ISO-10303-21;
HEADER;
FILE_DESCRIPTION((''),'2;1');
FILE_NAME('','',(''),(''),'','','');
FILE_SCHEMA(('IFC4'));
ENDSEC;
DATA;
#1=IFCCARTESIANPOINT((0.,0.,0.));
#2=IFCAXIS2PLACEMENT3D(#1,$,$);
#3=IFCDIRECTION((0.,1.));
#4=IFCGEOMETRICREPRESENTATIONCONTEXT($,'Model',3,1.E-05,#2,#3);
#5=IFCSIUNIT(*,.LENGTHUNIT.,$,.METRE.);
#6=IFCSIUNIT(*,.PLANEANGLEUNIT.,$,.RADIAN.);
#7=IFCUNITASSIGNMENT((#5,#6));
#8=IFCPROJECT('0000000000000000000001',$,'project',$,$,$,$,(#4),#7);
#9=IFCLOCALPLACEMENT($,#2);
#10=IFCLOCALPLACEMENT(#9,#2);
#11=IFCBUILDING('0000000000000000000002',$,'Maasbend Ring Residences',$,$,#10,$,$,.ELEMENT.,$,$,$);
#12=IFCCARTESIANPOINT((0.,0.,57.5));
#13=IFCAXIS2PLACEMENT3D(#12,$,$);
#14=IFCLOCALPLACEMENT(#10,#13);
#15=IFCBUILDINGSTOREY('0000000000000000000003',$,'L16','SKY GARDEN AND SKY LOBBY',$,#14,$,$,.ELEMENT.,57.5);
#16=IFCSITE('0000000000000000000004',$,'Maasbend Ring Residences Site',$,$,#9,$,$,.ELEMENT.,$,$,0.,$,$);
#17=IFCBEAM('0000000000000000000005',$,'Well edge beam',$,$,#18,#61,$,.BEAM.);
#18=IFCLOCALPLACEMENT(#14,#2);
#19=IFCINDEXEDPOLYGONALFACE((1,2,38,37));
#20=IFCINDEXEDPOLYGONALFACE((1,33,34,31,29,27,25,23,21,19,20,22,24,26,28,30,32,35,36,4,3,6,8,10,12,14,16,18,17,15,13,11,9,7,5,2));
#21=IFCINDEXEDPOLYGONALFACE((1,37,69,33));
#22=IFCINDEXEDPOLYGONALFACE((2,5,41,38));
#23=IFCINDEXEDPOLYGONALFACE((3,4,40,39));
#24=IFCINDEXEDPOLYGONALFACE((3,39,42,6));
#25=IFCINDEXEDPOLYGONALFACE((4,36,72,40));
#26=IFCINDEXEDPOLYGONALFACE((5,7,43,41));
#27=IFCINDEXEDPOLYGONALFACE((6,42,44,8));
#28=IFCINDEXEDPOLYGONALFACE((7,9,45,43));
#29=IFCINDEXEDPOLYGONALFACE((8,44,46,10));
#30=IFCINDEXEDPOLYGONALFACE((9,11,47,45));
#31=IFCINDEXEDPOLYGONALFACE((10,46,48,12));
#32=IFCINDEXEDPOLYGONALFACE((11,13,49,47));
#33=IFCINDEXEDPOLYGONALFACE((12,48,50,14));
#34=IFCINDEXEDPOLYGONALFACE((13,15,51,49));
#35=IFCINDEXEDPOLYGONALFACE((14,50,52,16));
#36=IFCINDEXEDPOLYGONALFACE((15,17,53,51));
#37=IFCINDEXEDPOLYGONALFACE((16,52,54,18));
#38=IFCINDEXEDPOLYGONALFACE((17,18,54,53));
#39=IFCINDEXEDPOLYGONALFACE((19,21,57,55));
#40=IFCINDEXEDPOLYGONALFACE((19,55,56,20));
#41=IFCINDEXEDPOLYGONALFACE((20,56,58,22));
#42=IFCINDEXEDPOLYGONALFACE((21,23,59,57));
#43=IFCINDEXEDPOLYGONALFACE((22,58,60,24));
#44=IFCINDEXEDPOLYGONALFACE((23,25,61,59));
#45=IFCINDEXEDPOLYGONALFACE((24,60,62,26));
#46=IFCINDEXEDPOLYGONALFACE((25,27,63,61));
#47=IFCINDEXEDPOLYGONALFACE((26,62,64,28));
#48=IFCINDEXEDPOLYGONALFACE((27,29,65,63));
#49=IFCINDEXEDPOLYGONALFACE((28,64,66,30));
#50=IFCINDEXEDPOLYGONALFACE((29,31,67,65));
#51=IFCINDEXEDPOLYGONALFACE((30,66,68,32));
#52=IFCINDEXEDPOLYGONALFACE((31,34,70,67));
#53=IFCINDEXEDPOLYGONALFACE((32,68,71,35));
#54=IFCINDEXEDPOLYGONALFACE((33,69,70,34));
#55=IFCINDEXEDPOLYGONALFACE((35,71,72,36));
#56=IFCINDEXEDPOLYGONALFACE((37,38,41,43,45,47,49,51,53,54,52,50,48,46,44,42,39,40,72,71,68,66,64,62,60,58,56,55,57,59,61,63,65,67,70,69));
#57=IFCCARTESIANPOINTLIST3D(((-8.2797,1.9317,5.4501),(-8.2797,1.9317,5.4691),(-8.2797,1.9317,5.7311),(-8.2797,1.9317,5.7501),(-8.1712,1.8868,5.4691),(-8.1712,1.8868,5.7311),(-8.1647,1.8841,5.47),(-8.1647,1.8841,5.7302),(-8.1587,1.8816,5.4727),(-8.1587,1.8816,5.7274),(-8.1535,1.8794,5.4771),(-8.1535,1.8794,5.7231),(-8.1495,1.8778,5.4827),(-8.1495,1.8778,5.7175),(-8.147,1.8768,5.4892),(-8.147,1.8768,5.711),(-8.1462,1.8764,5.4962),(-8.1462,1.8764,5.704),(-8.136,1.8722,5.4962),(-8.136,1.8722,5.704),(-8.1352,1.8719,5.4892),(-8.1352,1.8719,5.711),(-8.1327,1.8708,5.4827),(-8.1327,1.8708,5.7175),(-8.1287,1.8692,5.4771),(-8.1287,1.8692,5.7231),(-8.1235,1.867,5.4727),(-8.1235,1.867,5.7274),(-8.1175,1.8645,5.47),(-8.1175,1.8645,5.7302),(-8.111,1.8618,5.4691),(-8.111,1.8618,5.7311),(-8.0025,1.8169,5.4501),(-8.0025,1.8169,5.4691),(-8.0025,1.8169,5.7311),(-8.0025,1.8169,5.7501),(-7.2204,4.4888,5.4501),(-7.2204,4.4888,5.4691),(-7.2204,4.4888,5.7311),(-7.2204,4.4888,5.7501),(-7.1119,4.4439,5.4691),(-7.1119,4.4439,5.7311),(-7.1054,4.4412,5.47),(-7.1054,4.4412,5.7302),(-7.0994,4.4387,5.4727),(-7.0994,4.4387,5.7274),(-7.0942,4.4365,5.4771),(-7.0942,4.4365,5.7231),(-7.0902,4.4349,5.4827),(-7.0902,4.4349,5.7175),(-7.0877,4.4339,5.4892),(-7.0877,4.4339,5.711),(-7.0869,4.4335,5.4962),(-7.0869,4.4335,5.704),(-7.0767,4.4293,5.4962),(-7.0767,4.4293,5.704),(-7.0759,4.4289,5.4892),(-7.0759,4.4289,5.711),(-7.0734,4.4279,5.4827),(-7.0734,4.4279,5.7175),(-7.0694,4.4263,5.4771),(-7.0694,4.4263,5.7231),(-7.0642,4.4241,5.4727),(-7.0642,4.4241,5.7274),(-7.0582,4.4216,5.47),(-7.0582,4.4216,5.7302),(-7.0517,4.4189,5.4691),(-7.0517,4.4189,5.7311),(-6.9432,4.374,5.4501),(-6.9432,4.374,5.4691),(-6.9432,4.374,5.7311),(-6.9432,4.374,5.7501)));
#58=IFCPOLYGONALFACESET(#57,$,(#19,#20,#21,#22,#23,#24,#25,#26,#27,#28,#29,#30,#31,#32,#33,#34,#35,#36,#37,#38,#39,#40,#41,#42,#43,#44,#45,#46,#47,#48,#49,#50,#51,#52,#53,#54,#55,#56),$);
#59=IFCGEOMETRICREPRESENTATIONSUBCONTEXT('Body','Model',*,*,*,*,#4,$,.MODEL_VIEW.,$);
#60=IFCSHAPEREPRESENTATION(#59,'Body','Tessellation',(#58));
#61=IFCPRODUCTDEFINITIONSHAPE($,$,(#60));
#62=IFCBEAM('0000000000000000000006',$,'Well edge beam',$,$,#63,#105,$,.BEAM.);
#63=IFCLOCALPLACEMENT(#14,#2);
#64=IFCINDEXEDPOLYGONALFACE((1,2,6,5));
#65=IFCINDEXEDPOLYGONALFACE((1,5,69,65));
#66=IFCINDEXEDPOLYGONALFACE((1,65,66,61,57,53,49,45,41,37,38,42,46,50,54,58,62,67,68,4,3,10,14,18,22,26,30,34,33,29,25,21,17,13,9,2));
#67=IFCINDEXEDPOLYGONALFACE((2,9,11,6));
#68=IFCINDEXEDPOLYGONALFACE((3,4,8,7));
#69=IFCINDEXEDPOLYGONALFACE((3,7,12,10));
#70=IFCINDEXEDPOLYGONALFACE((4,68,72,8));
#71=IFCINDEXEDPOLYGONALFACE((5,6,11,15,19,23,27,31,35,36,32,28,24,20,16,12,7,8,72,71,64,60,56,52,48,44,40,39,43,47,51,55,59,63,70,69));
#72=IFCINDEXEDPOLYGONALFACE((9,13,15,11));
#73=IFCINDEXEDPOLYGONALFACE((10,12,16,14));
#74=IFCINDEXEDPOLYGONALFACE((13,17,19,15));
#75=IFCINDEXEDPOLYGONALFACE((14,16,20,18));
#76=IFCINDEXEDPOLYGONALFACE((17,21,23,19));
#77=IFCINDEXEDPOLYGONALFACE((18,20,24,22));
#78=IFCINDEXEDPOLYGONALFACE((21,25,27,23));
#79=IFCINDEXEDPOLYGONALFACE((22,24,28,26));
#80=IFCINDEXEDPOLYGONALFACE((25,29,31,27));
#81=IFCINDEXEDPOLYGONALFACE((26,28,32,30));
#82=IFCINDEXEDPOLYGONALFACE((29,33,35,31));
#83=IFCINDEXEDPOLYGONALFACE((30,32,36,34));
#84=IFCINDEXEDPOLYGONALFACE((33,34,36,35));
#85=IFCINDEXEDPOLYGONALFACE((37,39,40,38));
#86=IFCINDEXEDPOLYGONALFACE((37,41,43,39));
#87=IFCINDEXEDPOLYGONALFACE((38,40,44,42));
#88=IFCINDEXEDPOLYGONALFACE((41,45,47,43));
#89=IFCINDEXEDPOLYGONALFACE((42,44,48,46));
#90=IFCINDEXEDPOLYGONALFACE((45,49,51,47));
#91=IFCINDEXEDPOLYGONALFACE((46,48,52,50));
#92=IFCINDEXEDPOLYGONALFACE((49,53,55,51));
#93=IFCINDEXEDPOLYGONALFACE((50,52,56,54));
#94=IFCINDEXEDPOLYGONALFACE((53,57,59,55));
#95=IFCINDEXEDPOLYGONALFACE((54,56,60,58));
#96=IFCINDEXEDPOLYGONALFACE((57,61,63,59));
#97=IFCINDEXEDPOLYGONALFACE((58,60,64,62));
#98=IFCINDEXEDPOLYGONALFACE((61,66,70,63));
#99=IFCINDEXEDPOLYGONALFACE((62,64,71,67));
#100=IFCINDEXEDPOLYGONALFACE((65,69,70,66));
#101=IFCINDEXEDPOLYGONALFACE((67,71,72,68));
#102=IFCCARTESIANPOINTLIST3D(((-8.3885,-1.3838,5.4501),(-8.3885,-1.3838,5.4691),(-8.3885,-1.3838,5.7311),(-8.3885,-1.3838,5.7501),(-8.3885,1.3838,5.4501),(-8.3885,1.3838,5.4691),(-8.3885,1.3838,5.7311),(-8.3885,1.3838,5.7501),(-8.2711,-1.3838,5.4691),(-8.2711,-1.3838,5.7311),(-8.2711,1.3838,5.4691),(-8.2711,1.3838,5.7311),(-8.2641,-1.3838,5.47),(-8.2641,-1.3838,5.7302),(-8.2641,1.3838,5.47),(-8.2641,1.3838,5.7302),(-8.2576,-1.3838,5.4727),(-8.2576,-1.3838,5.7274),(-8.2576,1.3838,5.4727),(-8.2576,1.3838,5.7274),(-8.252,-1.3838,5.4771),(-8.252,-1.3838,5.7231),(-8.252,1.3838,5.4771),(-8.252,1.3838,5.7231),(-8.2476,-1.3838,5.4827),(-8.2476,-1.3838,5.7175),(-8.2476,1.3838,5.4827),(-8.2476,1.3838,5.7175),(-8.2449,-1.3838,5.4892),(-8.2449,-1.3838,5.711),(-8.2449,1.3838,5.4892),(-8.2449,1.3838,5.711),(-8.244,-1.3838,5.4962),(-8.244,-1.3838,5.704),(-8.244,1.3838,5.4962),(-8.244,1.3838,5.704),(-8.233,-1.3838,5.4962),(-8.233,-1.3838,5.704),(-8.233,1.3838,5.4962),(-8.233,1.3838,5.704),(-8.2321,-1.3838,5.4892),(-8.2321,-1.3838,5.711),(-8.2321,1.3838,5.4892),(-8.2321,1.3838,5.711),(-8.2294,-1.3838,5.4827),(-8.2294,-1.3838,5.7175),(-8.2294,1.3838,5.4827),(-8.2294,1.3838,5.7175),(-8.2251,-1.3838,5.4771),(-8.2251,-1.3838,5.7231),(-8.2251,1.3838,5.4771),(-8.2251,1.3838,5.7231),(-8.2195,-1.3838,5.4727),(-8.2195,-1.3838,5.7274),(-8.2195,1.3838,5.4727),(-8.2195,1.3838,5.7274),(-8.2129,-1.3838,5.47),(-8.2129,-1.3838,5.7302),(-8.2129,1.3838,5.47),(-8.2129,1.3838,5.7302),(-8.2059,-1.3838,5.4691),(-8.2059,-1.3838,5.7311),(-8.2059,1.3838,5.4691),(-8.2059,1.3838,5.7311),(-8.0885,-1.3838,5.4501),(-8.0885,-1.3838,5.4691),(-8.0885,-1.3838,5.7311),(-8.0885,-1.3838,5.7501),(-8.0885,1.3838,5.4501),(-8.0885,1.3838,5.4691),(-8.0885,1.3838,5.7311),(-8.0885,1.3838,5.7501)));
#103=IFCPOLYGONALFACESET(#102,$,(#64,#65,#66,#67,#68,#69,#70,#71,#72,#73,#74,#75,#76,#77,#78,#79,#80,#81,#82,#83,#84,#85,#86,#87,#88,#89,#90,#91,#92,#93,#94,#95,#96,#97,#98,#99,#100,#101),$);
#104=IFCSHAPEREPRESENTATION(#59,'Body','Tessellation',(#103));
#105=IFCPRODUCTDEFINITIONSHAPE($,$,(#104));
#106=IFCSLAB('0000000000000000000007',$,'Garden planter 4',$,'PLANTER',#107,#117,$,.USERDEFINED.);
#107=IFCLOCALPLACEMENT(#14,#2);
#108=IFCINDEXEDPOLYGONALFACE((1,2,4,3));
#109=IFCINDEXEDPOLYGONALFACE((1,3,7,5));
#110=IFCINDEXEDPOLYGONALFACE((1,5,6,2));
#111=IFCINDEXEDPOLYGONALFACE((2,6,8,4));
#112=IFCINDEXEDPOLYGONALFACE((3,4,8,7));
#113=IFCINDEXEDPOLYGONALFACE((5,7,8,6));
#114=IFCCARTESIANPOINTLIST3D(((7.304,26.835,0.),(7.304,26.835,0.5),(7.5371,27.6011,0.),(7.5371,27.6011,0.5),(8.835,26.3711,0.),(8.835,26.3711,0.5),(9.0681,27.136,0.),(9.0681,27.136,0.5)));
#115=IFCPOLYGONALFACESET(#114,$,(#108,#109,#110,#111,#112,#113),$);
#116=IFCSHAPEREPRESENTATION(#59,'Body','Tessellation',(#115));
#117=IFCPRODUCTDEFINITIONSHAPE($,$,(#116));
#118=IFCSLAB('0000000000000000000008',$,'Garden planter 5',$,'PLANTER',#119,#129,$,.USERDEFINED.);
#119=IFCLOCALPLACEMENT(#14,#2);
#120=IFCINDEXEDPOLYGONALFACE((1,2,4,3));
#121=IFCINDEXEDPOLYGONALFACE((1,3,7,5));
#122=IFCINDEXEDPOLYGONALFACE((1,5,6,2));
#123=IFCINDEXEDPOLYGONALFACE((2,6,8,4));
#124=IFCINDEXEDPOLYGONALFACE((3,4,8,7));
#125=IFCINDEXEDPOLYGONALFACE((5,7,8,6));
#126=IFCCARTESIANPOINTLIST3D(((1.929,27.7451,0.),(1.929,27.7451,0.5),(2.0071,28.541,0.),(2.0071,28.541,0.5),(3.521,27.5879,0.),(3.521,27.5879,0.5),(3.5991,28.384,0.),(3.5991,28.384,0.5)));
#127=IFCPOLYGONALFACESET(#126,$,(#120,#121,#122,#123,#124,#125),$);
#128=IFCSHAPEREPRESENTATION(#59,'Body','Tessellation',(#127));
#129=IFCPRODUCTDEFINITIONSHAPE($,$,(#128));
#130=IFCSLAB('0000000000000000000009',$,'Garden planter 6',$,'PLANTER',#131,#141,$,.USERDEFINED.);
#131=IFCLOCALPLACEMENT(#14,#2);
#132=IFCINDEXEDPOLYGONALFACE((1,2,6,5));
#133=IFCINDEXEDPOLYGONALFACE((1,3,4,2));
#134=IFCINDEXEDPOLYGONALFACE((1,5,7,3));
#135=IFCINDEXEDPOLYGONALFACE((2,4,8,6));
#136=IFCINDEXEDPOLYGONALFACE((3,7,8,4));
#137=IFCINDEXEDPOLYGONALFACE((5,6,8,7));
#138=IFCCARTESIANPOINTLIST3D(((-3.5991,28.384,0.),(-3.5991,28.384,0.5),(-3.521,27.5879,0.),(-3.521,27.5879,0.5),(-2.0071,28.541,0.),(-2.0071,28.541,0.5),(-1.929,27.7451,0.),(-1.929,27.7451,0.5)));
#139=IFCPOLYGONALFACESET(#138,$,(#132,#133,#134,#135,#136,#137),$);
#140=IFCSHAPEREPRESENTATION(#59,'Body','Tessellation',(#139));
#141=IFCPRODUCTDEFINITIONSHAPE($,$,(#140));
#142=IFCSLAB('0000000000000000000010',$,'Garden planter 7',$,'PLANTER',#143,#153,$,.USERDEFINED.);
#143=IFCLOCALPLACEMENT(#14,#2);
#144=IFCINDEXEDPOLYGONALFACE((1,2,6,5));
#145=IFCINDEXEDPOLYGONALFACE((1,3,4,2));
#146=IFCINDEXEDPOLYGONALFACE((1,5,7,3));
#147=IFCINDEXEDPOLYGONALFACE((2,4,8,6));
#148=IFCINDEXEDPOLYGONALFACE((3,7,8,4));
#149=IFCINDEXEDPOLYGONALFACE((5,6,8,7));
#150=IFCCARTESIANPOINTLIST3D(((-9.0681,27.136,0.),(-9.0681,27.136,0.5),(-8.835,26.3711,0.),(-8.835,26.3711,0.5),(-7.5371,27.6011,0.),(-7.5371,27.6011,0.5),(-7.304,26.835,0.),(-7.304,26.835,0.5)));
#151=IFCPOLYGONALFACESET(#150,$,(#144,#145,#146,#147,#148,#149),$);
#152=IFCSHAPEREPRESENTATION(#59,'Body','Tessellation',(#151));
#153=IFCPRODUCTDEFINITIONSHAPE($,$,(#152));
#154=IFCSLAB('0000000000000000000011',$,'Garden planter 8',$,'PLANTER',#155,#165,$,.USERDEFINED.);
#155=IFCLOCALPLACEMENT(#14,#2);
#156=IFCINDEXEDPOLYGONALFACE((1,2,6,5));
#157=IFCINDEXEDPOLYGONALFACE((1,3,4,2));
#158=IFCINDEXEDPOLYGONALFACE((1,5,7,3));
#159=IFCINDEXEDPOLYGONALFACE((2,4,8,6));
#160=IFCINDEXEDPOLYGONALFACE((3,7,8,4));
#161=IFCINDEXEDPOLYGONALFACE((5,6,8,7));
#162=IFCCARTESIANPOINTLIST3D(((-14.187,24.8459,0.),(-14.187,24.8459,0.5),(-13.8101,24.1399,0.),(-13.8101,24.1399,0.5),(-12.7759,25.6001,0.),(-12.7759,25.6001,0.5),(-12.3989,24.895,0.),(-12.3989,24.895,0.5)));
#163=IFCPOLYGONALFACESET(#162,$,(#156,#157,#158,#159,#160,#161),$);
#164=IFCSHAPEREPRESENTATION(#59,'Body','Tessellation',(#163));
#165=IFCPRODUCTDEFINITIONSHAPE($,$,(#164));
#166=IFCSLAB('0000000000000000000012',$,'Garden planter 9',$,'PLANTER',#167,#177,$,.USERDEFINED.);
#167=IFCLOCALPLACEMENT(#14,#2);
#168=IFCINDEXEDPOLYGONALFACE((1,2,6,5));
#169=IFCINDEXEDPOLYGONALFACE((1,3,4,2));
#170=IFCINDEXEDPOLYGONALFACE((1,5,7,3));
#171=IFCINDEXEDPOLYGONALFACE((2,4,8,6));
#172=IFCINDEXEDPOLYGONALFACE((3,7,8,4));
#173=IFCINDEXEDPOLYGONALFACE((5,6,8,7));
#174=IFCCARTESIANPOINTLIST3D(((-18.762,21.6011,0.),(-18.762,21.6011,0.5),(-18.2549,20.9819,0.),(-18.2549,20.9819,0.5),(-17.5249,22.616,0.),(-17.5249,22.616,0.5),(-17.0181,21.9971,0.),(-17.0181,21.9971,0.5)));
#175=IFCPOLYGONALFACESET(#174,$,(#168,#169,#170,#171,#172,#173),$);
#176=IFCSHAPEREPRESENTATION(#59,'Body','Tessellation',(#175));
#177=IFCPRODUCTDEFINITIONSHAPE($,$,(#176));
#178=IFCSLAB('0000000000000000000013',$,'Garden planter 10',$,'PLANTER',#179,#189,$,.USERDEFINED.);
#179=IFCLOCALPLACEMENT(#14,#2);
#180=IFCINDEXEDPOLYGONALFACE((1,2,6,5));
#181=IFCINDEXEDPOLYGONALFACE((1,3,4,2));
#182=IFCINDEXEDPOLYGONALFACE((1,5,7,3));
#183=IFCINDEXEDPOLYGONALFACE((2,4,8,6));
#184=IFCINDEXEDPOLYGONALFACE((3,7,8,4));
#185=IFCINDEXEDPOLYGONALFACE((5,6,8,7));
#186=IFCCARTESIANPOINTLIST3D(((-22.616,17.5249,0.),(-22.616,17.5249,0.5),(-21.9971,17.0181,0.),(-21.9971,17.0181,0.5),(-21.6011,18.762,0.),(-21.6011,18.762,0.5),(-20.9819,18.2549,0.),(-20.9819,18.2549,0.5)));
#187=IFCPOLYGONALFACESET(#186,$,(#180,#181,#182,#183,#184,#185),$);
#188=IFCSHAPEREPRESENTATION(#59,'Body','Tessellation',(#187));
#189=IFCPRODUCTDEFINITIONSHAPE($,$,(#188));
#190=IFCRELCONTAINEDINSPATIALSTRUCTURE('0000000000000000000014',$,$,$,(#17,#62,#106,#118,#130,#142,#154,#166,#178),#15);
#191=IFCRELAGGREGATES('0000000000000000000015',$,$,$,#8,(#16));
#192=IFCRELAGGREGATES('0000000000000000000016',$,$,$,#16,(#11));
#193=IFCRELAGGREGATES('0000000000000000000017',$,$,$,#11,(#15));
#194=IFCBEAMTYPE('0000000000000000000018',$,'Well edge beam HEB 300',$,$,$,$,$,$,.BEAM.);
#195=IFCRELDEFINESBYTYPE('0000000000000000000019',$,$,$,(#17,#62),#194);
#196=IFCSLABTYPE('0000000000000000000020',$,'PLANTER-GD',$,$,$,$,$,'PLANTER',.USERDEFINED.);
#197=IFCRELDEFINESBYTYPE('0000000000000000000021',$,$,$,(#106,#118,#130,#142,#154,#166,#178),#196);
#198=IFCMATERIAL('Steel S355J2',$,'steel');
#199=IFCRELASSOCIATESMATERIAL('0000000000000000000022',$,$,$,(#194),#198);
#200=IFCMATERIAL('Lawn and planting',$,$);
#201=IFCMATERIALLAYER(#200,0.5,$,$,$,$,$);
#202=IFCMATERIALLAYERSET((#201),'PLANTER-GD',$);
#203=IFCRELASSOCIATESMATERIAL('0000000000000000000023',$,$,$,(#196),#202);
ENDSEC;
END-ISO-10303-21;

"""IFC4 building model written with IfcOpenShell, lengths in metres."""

from ifc_helpers import new_model, si_unit, direction, frame, origin, origin_2d, place, context, subcontext, project, spatial, polyline, i_section, outline, extrude, material, layer, layer_set, material_profile, profile_set, type_object, element, save


model = new_model("IFC4")

# Units and contexts
model_context = context("Model", 3, precision=1e-05, world=origin(), true_north=direction((0.0, 1.0)))
body_context = subcontext(model_context, "Body", "Model", "MODEL_VIEW")
ifc_project = project(units=[si_unit("LENGTHUNIT", "METRE"), si_unit("PLANEANGLEUNIT", "RADIAN")], contexts=[model_context])

# Site, building, storey
site_placement = place(None, origin())
site = spatial("IfcSite", under=ifc_project, at=site_placement, Name="Maasbend Ring Residences Site", CompositionType="ELEMENT", RefElevation=0.0)
building_placement = place(site_placement, origin())
building = spatial("IfcBuilding", under=site, at=building_placement, Name="Maasbend Ring Residences", CompositionType="ELEMENT")
storey_placement = place(building_placement, frame((0.0, 0.0, 57.5)))
storey = spatial("IfcBuildingStorey", under=building, at=storey_placement, Name="L16", Description="SKY GARDEN AND SKY LOBBY", CompositionType="ELEMENT", Elevation=57.5)

# Beams
ifc_material_1 = material(Name="Steel S355J2", Category="steel")
ifc_material_profile_1 = material_profile(ifc_material_1, i_section(OverallWidth=0.3, OverallDepth=0.3, WebThickness=0.011, FlangeThickness=0.019, FilletRadius=0.0271, at=origin_2d()), Name="HEB 300")
ifc_profile_set_1 = profile_set([ifc_material_profile_1], Name="Steel S355J2")
beam_type = type_object("IfcBeamType", Name="Well edge beam HEB 300", PredefinedType="BEAM", material=ifc_profile_set_1)
beam_1_placement = place(storey_placement, frame((-7.0818, 4.4314, 5.6001), z_axis=(-0.382723, -0.923863, 0.0), x_axis=(0.923863, -0.382723, 0.0)))
element("IfcBeam", 1, at=beam_1_placement, inside=storey, type_object=beam_type, Name="Well edge beam", PredefinedType="BEAM", context=body_context, shape_type="SweptSolid", body=[
    extrude(i_section(OverallWidth=0.3, OverallDepth=0.3, WebThickness=0.011, FlangeThickness=0.019, FilletRadius=0.0271, at=origin_2d()), origin(), (0.0, 0.0, 1.0), 2.7678),
])
beam_2_placement = place(storey_placement, frame((-8.2385, 1.3838, 5.6001), z_axis=(0.0, -1.0, 0.0), x_axis=(1.0, 0.0, 0.0)))
element("IfcBeam", 2, at=beam_2_placement, inside=storey, type_object=beam_type, Name="Well edge beam", PredefinedType="BEAM", context=body_context, shape_type="SweptSolid", body=[
    extrude(i_section(OverallWidth=0.3, OverallDepth=0.3, WebThickness=0.011, FlangeThickness=0.019, FilletRadius=0.0271, at=origin_2d()), origin(), (0.0, 0.0, 1.0), 2.7676),
])

# Slabs
ifc_material_2 = material(Name="Lawn and planting")
ifc_layer_1 = layer(ifc_material_2, 0.5)
ifc_layer_set_1 = layer_set([ifc_layer_1], Name="PLANTER-GD")
slab_type = type_object("IfcSlabType", Name="PLANTER-GD", ElementType="PLANTER", PredefinedType="USERDEFINED", material=ifc_layer_set_1)
slab_1_placement = place(storey_placement, origin())
element("IfcSlab", 3, at=slab_1_placement, inside=storey, type_object=slab_type, Name="Garden planter 4", ObjectType="PLANTER", PredefinedType="USERDEFINED", context=body_context, shape_type="SweptSolid", body=[
    extrude(outline(polyline([(9.0681, 27.136), (7.5371, 27.6011), (7.304, 26.835), (8.835, 26.3711), (9.0681, 27.136)])), origin(), (0.0, 0.0, 1.0), 0.5),
])
slab_2_placement = place(storey_placement, origin())
element("IfcSlab", 4, at=slab_2_placement, inside=storey, type_object=slab_type, Name="Garden planter 5", ObjectType="PLANTER", PredefinedType="USERDEFINED", context=body_context, shape_type="SweptSolid", body=[
    extrude(outline(polyline([(3.5991, 28.384), (2.0071, 28.541), (1.929, 27.7451), (3.521, 27.5879), (3.5991, 28.384)])), origin(), (0.0, 0.0, 1.0), 0.5),
])
slab_3_placement = place(storey_placement, origin())
element("IfcSlab", 5, at=slab_3_placement, inside=storey, type_object=slab_type, Name="Garden planter 6", ObjectType="PLANTER", PredefinedType="USERDEFINED", context=body_context, shape_type="SweptSolid", body=[
    extrude(outline(polyline([(-2.0071, 28.541), (-3.5991, 28.384), (-3.521, 27.5879), (-1.929, 27.7451), (-2.0071, 28.541)])), origin(), (0.0, 0.0, 1.0), 0.5),
])
slab_4_placement = place(storey_placement, origin())
element("IfcSlab", 6, at=slab_4_placement, inside=storey, type_object=slab_type, Name="Garden planter 7", ObjectType="PLANTER", PredefinedType="USERDEFINED", context=body_context, shape_type="SweptSolid", body=[
    extrude(outline(polyline([(-7.5371, 27.6011), (-9.0681, 27.136), (-8.835, 26.3711), (-7.304, 26.835), (-7.5371, 27.6011)])), origin(), (0.0, 0.0, 1.0), 0.5),
])
slab_5_placement = place(storey_placement, origin())
element("IfcSlab", 7, at=slab_5_placement, inside=storey, type_object=slab_type, Name="Garden planter 8", ObjectType="PLANTER", PredefinedType="USERDEFINED", context=body_context, shape_type="SweptSolid", body=[
    extrude(outline(polyline([(-12.7759, 25.6001), (-14.187, 24.8459), (-13.8101, 24.1399), (-12.3989, 24.895), (-12.7759, 25.6001)])), origin(), (0.0, 0.0, 1.0), 0.5),
])
slab_6_placement = place(storey_placement, origin())
element("IfcSlab", 8, at=slab_6_placement, inside=storey, type_object=slab_type, Name="Garden planter 9", ObjectType="PLANTER", PredefinedType="USERDEFINED", context=body_context, shape_type="SweptSolid", body=[
    extrude(outline(polyline([(-17.5249, 22.616), (-18.762, 21.6011), (-18.2549, 20.9819), (-17.0181, 21.9971), (-17.5249, 22.616)])), origin(), (0.0, 0.0, 1.0), 0.5),
])
slab_7_placement = place(storey_placement, origin())
element("IfcSlab", 9, at=slab_7_placement, inside=storey, type_object=slab_type, Name="Garden planter 10", ObjectType="PLANTER", PredefinedType="USERDEFINED", context=body_context, shape_type="SweptSolid", body=[
    extrude(outline(polyline([(-21.6011, 18.762), (-22.616, 17.5249), (-21.9971, 17.0181), (-20.9819, 18.2549), (-21.6011, 18.762)])), origin(), (0.0, 0.0, 1.0), 0.5),
])

save(model, "model.ifc")
